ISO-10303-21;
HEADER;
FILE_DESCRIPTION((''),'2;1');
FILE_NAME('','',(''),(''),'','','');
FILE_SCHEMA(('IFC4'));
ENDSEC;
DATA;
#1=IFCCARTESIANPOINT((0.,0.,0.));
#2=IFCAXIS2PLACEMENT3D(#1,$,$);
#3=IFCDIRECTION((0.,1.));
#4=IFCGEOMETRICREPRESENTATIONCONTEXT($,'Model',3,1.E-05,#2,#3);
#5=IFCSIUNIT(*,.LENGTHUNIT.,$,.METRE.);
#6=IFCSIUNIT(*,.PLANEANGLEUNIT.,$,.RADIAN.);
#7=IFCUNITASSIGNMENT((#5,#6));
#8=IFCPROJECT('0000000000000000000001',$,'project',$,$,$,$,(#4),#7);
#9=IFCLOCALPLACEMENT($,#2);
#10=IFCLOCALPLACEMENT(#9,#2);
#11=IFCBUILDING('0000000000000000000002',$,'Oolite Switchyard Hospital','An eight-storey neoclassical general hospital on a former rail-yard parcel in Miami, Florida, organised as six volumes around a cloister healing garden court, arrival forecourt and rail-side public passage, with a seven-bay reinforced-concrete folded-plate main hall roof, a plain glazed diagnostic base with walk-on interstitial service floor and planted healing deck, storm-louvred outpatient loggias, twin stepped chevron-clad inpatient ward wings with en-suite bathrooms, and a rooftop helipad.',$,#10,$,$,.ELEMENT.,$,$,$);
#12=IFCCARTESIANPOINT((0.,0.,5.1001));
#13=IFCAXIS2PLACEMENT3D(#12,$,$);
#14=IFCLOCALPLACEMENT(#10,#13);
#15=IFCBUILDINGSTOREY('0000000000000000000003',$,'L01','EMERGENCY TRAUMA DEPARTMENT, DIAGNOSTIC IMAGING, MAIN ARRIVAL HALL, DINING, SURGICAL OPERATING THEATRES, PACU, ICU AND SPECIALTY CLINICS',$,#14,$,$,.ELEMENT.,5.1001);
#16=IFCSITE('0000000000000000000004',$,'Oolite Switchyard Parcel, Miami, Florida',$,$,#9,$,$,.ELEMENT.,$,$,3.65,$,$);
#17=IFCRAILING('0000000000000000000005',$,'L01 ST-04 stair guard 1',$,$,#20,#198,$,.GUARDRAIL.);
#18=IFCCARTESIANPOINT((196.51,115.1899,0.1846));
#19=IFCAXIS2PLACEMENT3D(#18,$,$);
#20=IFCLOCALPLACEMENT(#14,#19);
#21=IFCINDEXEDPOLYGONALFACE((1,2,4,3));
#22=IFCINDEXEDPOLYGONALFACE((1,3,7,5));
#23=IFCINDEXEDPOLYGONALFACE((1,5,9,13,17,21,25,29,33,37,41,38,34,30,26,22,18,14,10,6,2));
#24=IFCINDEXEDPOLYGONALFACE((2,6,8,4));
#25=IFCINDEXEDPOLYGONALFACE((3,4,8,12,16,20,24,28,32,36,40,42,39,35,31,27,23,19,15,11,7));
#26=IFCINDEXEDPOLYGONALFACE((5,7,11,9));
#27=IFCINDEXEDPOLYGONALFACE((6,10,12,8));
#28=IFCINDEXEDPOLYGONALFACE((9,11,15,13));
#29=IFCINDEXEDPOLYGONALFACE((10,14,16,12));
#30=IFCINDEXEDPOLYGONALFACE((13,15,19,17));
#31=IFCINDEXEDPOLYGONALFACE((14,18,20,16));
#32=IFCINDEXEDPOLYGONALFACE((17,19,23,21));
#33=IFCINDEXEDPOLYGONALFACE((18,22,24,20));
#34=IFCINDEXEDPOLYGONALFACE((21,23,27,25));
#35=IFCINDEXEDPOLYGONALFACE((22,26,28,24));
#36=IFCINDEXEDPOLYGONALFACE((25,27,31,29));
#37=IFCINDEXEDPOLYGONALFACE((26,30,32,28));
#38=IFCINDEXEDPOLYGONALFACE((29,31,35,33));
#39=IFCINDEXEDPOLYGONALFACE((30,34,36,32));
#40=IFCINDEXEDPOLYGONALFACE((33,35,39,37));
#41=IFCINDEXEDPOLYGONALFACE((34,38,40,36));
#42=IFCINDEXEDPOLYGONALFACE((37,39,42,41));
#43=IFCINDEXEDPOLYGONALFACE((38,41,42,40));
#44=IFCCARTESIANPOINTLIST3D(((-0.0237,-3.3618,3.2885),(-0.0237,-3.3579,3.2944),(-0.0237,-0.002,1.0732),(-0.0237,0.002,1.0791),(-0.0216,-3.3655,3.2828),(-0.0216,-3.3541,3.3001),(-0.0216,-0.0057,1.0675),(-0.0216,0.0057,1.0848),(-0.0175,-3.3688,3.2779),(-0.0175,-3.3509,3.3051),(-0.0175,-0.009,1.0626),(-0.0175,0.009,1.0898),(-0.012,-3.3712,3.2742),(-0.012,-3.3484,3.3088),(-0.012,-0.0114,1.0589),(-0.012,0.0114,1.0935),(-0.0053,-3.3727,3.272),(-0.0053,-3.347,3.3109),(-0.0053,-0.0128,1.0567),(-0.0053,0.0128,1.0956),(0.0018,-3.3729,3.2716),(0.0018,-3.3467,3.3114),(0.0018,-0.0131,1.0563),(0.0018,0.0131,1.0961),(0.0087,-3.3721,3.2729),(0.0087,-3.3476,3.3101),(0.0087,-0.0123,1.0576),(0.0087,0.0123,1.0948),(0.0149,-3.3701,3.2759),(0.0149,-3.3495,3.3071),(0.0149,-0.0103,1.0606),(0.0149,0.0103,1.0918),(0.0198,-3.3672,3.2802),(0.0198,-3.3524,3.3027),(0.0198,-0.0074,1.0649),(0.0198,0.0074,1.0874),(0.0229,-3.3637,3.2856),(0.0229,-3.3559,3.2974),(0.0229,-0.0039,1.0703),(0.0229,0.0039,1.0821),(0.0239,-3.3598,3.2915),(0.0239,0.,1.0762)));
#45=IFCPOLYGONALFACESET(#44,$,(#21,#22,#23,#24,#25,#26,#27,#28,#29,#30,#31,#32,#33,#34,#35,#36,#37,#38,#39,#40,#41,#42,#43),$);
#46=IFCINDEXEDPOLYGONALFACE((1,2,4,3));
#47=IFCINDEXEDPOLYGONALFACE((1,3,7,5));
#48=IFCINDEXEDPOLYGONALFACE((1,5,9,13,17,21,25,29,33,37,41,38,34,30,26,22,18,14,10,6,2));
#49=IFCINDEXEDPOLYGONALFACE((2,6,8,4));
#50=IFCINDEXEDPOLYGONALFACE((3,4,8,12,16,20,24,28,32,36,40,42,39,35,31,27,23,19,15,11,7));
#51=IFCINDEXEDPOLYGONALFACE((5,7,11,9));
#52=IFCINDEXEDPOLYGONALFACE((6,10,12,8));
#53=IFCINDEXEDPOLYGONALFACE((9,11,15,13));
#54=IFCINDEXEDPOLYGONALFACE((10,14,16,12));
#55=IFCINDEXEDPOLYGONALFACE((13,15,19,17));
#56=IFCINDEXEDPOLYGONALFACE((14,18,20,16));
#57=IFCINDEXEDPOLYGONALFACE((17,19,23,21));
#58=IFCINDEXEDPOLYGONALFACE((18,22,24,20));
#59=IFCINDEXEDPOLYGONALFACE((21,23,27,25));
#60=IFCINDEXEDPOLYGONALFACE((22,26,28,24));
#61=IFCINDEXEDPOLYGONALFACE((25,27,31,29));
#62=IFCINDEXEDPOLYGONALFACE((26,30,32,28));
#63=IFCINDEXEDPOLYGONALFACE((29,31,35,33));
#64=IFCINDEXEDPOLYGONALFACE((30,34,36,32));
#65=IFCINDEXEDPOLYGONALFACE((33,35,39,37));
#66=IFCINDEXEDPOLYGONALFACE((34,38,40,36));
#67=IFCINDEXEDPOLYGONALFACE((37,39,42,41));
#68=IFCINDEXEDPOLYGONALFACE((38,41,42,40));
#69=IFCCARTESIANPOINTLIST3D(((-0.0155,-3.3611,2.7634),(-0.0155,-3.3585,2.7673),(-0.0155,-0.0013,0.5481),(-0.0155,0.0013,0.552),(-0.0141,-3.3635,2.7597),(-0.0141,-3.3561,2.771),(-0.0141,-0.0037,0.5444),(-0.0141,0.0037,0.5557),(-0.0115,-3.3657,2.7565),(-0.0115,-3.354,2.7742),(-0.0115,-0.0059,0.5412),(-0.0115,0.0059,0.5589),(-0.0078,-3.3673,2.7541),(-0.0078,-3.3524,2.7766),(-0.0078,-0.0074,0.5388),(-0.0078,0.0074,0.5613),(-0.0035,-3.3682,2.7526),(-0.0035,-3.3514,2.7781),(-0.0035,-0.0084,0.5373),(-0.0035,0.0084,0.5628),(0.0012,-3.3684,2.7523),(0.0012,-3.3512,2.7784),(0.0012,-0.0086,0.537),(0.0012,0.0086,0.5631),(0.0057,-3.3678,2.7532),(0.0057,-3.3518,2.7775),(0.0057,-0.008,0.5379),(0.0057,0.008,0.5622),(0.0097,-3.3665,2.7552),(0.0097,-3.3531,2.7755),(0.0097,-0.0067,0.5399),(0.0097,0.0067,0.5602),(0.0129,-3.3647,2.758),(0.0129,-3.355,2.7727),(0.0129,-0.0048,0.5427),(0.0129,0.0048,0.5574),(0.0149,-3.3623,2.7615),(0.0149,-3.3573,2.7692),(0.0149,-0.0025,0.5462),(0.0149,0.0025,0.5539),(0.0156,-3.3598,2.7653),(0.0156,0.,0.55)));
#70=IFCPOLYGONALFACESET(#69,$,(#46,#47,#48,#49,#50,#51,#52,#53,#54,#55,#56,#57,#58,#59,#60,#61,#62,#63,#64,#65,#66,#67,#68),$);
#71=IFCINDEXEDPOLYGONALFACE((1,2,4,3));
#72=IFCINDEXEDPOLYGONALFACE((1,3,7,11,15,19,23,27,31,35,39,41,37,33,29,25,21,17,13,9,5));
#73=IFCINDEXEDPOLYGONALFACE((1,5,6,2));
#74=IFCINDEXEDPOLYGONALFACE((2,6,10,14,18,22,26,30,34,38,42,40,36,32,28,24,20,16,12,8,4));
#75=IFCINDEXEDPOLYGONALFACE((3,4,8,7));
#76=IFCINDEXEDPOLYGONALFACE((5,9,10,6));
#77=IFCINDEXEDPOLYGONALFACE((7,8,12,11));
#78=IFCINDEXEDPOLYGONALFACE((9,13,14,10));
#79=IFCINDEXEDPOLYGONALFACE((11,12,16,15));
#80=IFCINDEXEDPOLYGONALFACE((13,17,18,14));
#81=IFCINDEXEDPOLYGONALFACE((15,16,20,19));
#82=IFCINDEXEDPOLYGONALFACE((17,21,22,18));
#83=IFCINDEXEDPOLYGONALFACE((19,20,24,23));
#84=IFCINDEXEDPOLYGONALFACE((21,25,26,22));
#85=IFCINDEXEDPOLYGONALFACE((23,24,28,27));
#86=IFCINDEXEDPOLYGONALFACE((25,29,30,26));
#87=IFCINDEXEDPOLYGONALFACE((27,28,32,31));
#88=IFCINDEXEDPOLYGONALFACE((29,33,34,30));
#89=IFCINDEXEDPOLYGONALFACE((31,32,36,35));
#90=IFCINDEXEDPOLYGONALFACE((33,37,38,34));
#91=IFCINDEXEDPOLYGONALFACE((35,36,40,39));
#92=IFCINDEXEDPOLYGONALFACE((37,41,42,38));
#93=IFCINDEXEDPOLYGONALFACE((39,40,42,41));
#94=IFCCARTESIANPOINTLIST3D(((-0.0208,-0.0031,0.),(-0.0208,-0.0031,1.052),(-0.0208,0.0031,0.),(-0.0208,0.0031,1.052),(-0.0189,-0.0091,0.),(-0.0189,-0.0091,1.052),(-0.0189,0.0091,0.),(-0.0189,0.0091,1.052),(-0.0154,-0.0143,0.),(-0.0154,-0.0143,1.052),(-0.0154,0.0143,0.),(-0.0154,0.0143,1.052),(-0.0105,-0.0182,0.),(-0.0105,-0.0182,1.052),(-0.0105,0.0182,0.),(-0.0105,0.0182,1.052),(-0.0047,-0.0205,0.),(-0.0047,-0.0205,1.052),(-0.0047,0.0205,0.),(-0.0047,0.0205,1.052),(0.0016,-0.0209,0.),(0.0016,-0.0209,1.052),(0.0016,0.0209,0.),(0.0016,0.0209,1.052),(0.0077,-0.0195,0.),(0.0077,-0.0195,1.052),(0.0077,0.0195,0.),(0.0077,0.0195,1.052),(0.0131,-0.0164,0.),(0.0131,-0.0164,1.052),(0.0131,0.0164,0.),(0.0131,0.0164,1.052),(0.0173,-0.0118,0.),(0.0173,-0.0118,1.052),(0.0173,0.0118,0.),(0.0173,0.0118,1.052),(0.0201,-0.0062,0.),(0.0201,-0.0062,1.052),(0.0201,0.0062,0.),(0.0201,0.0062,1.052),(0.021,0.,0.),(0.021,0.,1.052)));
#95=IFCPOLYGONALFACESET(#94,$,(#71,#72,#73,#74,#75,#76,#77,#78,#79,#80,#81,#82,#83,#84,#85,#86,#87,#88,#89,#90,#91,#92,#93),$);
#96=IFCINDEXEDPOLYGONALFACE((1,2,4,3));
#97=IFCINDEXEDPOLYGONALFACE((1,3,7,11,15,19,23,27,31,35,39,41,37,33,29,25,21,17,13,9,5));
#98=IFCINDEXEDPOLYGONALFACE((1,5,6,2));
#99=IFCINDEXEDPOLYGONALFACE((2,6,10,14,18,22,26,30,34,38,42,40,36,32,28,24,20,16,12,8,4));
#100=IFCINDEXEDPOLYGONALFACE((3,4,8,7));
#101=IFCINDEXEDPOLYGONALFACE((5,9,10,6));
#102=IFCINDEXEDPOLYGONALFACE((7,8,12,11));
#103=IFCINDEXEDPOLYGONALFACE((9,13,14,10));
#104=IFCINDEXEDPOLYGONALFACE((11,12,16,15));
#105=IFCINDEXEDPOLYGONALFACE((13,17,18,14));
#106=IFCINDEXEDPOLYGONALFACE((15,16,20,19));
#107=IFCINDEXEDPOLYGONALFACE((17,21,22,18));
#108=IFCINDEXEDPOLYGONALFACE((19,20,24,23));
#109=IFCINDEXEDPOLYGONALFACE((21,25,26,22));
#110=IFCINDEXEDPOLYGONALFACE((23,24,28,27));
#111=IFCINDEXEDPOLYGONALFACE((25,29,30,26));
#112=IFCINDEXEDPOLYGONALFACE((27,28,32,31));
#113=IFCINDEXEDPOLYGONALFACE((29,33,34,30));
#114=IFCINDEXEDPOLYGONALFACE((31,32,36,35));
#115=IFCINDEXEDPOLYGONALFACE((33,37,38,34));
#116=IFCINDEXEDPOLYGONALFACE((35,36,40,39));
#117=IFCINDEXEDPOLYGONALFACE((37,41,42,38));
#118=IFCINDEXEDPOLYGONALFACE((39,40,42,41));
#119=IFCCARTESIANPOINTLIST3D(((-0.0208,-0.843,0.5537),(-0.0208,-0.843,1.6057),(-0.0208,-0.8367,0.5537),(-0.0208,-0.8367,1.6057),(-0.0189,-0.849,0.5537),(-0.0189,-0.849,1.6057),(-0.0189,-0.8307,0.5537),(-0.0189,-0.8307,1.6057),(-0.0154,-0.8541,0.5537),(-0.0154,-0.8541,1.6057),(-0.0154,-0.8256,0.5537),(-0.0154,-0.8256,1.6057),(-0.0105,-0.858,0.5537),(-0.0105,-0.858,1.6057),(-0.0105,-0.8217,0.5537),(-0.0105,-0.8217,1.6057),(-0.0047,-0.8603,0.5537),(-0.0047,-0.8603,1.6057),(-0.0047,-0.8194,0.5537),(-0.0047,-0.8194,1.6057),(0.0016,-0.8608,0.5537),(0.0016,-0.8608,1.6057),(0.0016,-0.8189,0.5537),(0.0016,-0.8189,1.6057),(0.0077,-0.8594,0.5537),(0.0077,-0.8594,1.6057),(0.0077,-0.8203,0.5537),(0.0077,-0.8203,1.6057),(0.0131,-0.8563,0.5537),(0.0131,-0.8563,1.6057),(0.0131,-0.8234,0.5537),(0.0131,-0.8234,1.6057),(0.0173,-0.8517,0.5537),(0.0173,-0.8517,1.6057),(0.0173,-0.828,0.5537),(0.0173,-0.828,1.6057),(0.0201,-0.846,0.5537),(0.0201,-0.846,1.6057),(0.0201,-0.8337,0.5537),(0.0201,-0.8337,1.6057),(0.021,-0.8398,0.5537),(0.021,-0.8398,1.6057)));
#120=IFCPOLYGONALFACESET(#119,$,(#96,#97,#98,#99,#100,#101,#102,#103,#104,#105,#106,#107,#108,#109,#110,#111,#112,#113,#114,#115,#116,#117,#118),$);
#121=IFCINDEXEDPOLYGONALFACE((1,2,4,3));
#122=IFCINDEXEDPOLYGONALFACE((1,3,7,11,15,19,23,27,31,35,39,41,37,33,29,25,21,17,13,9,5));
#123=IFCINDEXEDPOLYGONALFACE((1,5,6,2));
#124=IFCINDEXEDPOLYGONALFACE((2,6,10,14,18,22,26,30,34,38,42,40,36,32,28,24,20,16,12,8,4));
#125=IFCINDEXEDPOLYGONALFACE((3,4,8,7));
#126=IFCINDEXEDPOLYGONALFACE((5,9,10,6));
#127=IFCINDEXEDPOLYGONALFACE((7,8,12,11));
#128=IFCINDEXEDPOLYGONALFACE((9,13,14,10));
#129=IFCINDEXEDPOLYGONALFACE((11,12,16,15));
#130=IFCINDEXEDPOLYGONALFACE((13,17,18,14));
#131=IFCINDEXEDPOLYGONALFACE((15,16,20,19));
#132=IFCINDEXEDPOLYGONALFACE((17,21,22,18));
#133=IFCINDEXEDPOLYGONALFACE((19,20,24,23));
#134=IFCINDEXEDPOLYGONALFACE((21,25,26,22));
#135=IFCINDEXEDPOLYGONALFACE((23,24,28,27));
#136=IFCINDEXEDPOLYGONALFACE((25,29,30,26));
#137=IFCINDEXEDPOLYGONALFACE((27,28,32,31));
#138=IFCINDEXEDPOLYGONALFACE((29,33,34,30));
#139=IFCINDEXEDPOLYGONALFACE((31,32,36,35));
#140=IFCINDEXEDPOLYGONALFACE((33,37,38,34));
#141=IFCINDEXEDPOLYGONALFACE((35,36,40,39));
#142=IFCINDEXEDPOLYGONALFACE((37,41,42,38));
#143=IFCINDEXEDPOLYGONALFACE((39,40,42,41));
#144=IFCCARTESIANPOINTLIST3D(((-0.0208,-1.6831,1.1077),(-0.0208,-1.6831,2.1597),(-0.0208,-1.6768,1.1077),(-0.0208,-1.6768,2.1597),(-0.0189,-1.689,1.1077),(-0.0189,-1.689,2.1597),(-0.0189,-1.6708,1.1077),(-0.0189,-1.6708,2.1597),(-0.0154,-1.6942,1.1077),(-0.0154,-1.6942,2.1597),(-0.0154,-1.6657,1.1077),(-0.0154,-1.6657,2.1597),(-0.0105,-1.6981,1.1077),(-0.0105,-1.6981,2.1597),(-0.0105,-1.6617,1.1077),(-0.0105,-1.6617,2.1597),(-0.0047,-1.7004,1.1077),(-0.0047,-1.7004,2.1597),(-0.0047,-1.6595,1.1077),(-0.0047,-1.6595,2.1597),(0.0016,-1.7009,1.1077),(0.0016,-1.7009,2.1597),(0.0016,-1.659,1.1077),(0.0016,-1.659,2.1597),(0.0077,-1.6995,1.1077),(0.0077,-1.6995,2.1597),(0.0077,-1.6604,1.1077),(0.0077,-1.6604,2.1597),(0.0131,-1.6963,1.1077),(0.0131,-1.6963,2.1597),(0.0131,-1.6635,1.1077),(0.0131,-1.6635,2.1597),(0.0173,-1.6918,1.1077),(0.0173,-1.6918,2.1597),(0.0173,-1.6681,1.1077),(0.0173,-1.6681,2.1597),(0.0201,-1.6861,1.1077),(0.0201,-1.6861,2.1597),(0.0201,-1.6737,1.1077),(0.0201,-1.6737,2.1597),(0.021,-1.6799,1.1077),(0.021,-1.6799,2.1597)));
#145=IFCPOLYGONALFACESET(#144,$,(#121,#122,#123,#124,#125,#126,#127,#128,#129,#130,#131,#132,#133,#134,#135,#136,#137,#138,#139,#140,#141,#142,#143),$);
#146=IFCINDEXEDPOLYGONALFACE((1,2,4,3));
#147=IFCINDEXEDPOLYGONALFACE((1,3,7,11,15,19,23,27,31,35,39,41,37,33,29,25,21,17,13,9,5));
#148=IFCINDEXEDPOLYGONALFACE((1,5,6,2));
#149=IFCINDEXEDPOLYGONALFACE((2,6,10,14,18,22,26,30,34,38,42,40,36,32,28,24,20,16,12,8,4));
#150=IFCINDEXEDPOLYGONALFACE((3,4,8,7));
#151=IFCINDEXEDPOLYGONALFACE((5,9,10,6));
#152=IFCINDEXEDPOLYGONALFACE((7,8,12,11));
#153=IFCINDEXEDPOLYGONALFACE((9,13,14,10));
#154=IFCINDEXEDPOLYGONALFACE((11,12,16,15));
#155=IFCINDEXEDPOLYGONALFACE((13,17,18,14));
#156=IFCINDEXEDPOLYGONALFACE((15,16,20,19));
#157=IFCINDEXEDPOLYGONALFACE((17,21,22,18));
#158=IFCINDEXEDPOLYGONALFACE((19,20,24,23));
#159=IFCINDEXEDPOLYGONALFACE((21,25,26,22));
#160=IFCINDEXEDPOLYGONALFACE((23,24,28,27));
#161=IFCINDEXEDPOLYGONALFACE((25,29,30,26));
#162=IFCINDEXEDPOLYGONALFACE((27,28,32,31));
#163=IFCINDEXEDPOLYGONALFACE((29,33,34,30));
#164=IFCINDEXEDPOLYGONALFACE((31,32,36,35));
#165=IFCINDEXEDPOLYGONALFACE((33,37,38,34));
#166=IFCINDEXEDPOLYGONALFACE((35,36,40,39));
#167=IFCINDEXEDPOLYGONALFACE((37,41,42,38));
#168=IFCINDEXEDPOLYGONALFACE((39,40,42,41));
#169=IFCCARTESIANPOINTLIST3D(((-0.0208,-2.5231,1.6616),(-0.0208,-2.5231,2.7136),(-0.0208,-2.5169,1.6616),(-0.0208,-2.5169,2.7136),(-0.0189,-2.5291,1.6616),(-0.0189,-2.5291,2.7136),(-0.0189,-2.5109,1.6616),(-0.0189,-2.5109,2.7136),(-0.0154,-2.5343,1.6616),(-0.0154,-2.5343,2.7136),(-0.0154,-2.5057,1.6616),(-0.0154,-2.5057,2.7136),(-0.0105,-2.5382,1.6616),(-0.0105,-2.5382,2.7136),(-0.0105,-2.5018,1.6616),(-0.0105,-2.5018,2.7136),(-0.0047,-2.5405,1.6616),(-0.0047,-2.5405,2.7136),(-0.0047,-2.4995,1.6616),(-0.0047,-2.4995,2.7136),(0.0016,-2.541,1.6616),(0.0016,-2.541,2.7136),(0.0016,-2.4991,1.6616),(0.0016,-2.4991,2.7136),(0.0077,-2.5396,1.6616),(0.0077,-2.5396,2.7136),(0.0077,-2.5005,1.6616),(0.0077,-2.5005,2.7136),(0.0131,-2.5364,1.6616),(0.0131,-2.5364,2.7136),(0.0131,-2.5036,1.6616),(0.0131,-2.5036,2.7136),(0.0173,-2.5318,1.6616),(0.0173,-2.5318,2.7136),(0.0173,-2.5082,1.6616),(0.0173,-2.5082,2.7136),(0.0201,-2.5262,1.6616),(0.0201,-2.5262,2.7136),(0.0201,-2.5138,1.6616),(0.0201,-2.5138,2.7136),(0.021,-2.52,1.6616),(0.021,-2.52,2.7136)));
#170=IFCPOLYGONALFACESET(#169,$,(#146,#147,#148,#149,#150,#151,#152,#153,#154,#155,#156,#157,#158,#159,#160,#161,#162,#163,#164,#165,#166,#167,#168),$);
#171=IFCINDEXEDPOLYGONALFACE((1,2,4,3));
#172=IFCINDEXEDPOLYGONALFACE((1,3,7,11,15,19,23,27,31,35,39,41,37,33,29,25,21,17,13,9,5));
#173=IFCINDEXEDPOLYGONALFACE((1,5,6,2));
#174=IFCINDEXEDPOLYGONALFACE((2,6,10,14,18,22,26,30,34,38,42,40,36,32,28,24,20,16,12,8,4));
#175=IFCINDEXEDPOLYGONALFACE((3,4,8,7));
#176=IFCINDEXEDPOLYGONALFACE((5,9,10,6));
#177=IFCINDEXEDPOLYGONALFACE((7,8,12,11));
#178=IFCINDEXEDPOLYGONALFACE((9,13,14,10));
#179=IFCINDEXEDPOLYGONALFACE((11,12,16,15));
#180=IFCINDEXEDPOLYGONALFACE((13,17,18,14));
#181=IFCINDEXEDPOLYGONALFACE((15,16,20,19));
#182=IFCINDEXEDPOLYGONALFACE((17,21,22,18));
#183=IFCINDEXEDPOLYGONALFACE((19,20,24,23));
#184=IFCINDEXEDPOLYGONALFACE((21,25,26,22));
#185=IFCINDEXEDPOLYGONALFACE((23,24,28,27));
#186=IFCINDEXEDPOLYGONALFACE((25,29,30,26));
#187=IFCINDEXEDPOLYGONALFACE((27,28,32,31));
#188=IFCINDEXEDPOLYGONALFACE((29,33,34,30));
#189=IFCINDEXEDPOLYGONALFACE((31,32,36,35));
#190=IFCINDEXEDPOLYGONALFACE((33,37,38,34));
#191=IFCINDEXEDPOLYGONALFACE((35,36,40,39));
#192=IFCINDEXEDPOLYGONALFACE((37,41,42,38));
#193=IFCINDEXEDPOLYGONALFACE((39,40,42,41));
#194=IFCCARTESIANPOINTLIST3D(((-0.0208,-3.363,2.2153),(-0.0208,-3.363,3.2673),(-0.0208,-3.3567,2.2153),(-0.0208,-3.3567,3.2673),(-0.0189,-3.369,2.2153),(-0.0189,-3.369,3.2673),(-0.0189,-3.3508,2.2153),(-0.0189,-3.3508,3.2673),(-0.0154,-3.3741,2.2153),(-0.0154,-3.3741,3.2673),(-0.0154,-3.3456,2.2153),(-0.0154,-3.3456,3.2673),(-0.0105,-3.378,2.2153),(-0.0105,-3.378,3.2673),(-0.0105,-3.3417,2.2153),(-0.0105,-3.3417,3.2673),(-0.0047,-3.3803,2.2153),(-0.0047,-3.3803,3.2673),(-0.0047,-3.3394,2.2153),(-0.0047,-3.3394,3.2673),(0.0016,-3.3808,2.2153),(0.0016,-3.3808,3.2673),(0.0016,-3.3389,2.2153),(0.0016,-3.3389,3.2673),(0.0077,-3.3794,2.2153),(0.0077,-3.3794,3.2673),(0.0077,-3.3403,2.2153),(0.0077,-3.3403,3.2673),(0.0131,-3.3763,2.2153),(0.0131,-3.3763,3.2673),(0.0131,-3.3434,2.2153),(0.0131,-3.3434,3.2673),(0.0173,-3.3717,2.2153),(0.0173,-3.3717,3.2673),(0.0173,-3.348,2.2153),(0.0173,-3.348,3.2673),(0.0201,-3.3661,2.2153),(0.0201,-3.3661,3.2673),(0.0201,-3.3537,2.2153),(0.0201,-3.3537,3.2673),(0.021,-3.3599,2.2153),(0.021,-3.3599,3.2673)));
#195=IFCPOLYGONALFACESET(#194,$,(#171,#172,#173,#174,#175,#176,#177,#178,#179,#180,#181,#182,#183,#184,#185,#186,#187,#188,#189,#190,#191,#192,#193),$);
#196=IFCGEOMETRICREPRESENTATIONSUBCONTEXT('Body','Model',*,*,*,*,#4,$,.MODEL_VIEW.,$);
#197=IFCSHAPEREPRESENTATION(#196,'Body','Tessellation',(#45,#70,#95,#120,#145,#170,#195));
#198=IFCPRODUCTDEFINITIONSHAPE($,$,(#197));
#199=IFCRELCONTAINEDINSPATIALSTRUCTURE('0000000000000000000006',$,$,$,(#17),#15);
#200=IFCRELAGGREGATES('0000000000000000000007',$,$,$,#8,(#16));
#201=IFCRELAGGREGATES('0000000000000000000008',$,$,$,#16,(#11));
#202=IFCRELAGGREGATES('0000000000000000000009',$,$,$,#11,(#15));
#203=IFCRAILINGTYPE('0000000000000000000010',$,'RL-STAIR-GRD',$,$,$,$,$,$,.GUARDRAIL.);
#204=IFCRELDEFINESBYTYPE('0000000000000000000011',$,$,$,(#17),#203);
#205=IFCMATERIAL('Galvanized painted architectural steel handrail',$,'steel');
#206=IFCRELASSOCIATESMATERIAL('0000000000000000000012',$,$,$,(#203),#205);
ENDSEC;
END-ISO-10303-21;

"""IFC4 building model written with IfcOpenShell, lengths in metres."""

from ifc_helpers import new_model, si_unit, direction, frame, origin, origin_2d, place, context, subcontext, project, spatial, circle, extrude, material, type_object, element, save


model = new_model("IFC4")

# Units and contexts
model_context = context("Model", 3, precision=1e-05, world=origin(), true_north=direction((0.0, 1.0)))
body_context = subcontext(model_context, "Body", "Model", "MODEL_VIEW")
ifc_project = project(units=[si_unit("LENGTHUNIT", "METRE"), si_unit("PLANEANGLEUNIT", "RADIAN")], contexts=[model_context])

# Site, building, storey
site_placement = place(None, origin())
site = spatial("IfcSite", under=ifc_project, at=site_placement, Name="Oolite Switchyard Parcel, Miami, Florida", CompositionType="ELEMENT", RefElevation=3.65)
building_placement = place(site_placement, origin())
building = spatial("IfcBuilding", under=site, at=building_placement, Name="Oolite Switchyard Hospital", Description="An eight-storey neoclassical general hospital on a former rail-yard parcel in Miami, Florida, organised as six volumes around a cloister healing garden court, arrival forecourt and rail-side public passage, with a seven-bay reinforced-concrete folded-plate main hall roof, a plain glazed diagnostic base with walk-on interstitial service floor and planted healing deck, storm-louvred outpatient loggias, twin stepped chevron-clad inpatient ward wings with en-suite bathrooms, and a rooftop helipad.", CompositionType="ELEMENT")
storey_placement = place(building_placement, frame((0.0, 0.0, 5.1001)))
storey = spatial("IfcBuildingStorey", under=building, at=storey_placement, Name="L01", Description="EMERGENCY TRAUMA DEPARTMENT, DIAGNOSTIC IMAGING, MAIN ARRIVAL HALL, DINING, SURGICAL OPERATING THEATRES, PACU, ICU AND SPECIALTY CLINICS", CompositionType="ELEMENT", Elevation=5.1001)

# Railing
ifc_material_1 = material(Name="Galvanized painted architectural steel handrail", Category="steel")
railing_type_1 = type_object("IfcRailingType", Name="RL-STAIR-GRD", PredefinedType="GUARDRAIL", material=ifc_material_1)
railing_1_placement = place(storey_placement, frame((196.51, 115.1899, 0.1846)))
element("IfcRailing", 1, at=railing_1_placement, inside=storey, type_object=railing_type_1, Name="L01 ST-04 stair guard 1", PredefinedType="GUARDRAIL", context=body_context, shape_type="SweptSolid", body=[
    extrude(circle(Radius=0.0239, at=origin_2d()), frame((0.0, 0.0, 1.0762), z_axis=(0.0, -0.834858, 0.550465), x_axis=(1.0, 0.0, 0.0)), (0.0, 0.0, 1.0), 4.0244),
    extrude(circle(Radius=0.0156, at=origin_2d()), frame((0.0, 0.0, 0.55), z_axis=(0.0, -0.834858, 0.550465), x_axis=(1.0, 0.0, 0.0)), (0.0, 0.0, 1.0), 4.0244),
    extrude(circle(Radius=0.021, at=origin_2d()), origin(), (0.0, 0.0, 1.0), 1.052),
    extrude(circle(Radius=0.021, at=origin_2d()), frame((0.0, -0.8398, 0.5537)), (0.0, 0.0, 1.0), 1.052),
    extrude(circle(Radius=0.021, at=origin_2d()), frame((0.0, -1.6799, 1.1077)), (0.0, 0.0, 1.0), 1.052),
    extrude(circle(Radius=0.021, at=origin_2d()), frame((0.0, -2.52, 1.6616)), (0.0, 0.0, 1.0), 1.052),
    extrude(circle(Radius=0.021, at=origin_2d()), frame((0.0, -3.3599, 2.2153)), (0.0, 0.0, 1.0), 1.052),
])

save(model, "model.ifc")
